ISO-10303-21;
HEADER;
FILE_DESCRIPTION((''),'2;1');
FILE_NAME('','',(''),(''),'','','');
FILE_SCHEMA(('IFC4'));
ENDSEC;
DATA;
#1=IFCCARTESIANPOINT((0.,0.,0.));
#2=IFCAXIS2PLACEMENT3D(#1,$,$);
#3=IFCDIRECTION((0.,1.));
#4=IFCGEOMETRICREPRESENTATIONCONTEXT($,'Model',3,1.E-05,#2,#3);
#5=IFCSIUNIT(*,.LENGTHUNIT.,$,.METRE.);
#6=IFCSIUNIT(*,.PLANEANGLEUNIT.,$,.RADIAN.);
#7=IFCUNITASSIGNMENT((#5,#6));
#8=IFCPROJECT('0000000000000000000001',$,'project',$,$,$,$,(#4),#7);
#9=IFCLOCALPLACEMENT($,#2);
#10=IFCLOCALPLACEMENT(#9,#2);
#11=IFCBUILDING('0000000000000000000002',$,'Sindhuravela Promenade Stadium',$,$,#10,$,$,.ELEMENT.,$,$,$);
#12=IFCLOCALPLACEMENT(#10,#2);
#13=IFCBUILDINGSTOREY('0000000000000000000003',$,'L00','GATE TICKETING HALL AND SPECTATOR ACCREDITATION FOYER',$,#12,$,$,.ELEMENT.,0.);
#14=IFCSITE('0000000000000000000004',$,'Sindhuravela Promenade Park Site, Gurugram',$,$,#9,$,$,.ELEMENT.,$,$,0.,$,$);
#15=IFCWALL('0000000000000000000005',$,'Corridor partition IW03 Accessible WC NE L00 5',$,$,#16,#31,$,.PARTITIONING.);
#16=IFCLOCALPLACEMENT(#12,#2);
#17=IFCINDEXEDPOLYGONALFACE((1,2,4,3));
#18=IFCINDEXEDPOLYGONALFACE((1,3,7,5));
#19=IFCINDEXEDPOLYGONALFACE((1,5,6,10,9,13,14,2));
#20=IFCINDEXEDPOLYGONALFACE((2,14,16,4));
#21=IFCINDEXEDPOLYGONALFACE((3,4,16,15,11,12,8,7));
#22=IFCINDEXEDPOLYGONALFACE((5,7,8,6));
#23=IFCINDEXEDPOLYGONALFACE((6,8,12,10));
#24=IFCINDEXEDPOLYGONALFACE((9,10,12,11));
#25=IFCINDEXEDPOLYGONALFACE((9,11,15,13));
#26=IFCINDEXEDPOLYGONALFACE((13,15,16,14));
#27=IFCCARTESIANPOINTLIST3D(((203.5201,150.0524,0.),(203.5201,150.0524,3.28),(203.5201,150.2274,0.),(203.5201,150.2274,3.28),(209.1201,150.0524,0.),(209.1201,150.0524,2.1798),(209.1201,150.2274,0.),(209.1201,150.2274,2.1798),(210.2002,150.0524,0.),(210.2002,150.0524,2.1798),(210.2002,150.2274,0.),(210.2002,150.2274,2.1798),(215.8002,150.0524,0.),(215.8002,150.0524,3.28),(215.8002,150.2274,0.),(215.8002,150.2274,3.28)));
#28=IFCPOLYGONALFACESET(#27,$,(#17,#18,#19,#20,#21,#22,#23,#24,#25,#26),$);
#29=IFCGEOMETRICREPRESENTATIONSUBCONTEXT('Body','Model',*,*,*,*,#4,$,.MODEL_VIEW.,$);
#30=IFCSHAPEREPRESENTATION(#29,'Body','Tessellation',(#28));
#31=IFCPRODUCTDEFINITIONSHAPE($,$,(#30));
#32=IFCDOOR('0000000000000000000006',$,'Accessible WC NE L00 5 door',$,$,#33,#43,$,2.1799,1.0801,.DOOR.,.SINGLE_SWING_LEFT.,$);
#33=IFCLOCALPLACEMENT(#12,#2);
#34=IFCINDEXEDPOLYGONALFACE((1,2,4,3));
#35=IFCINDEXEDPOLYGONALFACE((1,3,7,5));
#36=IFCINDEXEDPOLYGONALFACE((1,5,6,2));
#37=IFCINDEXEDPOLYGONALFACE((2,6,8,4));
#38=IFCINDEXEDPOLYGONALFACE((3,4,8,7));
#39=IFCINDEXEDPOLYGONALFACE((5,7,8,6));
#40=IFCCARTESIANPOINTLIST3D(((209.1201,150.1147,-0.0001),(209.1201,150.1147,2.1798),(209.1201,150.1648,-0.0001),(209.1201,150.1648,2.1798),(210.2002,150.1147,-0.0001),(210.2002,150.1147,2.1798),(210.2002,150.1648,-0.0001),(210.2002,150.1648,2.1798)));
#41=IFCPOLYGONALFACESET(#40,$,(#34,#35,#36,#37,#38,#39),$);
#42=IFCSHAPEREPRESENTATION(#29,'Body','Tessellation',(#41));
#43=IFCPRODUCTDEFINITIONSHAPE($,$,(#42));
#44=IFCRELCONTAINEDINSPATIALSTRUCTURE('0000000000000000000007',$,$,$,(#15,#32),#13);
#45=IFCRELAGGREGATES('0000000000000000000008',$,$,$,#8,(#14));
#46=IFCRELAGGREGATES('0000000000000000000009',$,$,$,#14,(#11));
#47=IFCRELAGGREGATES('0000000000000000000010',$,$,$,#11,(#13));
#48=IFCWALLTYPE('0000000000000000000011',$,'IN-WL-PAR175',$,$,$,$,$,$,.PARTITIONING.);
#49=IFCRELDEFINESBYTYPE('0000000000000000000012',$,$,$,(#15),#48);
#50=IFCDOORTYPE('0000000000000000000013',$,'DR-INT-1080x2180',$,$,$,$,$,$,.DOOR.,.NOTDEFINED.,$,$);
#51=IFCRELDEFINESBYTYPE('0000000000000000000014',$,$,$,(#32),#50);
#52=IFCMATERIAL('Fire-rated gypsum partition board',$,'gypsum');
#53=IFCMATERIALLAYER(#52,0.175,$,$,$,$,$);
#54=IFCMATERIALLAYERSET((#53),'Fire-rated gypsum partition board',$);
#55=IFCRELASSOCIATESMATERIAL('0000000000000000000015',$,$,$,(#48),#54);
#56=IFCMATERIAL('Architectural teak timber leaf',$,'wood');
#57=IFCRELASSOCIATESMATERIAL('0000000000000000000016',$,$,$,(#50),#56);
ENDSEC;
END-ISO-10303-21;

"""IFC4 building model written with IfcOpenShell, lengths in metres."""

from ifc_helpers import new_model, si_unit, direction, frame, frame_2d, origin, place, context, subcontext, project, spatial, rectangle, extrude, material, layer, layer_set, type_object, element, fill, save


model = new_model("IFC4")

# Units and contexts
model_context = context("Model", 3, precision=1e-05, world=origin(), true_north=direction((0.0, 1.0)))
body_context = subcontext(model_context, "Body", "Model", "MODEL_VIEW")
ifc_project = project(units=[si_unit("LENGTHUNIT", "METRE"), si_unit("PLANEANGLEUNIT", "RADIAN")], contexts=[model_context])

# Site, building, storey
site_placement = place(None, origin())
site = spatial("IfcSite", under=ifc_project, at=site_placement, Name="Sindhuravela Promenade Park Site, Gurugram", CompositionType="ELEMENT", RefElevation=0.0)
building_placement = place(site_placement, origin())
building = spatial("IfcBuilding", under=site, at=building_placement, Name="Sindhuravela Promenade Stadium", CompositionType="ELEMENT")
storey_placement = place(building_placement, origin())
storey = spatial("IfcBuildingStorey", under=building, at=storey_placement, Name="L00", Description="GATE TICKETING HALL AND SPECTATOR ACCREDITATION FOYER", CompositionType="ELEMENT", Elevation=0.0)

# Shared definitions
ifc_material_1 = material(Name="Fire-rated gypsum partition board", Category="gypsum")

# Shared definitions
ifc_material_2 = material(Name="Architectural teak timber leaf", Category="wood")

# Wall, opening, door
ifc_layer_1 = layer(ifc_material_1, 0.175)
ifc_layer_set_1 = layer_set([ifc_layer_1], Name="Fire-rated gypsum partition board")
wall_type_1 = type_object("IfcWallType", Name="IN-WL-PAR175", PredefinedType="PARTITIONING", material=ifc_layer_set_1)
wall_1_placement = place(storey_placement, frame((203.52, 150.1399, 0.0), z_axis=(0.0, 0.0, 1.0), x_axis=(1.0, 0.0, 0.0)))
wall_1 = element("IfcWall", 1, at=wall_1_placement, inside=storey, type_object=wall_type_1, Name="Corridor partition IW03 Accessible WC NE L00 5", PredefinedType="PARTITIONING", context=body_context, shape_type="SweptSolid", body=[
    extrude(rectangle(XDim=12.28, YDim=0.175, at=frame_2d((6.1401, 0.0))), origin(), (0.0, 0.0, 1.0), 3.28),
])
opening_1_placement = place(wall_1_placement, frame((5.6001, 0.0, 0.0)))
opening_1 = element("IfcOpeningElement", 2, at=opening_1_placement, cuts=wall_1, PredefinedType="OPENING", context=body_context, shape_type="SweptSolid", body=[
    extrude(rectangle(XDim=1.0801, YDim=2.1799, at=frame_2d((0.54, 1.0898))), frame((0.0, 0.0974, 0.0), z_axis=(0.0, -1.0, 0.0), x_axis=(1.0, 0.0, 0.0)), (0.0, 0.0, 1.0), 0.1951),
])
door_type_1 = type_object("IfcDoorType", Name="DR-INT-1080x2180", OperationType="NOTDEFINED", PredefinedType="DOOR", material=ifc_material_2)
door_1_placement = place(opening_1_placement, origin())
door_1 = element("IfcDoor", 3, at=door_1_placement, inside=storey, type_object=door_type_1, Name="Accessible WC NE L00 5 door", OperationType="SINGLE_SWING_LEFT", OverallHeight=2.1799, OverallWidth=1.0801, PredefinedType="DOOR", context=body_context, shape_type="SweptSolid", body=[
    extrude(rectangle(XDim=1.0801, YDim=2.1799, at=frame_2d((0.54, 1.0898))), frame((0.0, 0.0249, 0.0), z_axis=(0.0, -1.0, 0.0), x_axis=(1.0, 0.0, 0.0)), (0.0, 0.0, 1.0), 0.05),
])
fill(opening_1, door_1)

save(model, "model.ifc")
